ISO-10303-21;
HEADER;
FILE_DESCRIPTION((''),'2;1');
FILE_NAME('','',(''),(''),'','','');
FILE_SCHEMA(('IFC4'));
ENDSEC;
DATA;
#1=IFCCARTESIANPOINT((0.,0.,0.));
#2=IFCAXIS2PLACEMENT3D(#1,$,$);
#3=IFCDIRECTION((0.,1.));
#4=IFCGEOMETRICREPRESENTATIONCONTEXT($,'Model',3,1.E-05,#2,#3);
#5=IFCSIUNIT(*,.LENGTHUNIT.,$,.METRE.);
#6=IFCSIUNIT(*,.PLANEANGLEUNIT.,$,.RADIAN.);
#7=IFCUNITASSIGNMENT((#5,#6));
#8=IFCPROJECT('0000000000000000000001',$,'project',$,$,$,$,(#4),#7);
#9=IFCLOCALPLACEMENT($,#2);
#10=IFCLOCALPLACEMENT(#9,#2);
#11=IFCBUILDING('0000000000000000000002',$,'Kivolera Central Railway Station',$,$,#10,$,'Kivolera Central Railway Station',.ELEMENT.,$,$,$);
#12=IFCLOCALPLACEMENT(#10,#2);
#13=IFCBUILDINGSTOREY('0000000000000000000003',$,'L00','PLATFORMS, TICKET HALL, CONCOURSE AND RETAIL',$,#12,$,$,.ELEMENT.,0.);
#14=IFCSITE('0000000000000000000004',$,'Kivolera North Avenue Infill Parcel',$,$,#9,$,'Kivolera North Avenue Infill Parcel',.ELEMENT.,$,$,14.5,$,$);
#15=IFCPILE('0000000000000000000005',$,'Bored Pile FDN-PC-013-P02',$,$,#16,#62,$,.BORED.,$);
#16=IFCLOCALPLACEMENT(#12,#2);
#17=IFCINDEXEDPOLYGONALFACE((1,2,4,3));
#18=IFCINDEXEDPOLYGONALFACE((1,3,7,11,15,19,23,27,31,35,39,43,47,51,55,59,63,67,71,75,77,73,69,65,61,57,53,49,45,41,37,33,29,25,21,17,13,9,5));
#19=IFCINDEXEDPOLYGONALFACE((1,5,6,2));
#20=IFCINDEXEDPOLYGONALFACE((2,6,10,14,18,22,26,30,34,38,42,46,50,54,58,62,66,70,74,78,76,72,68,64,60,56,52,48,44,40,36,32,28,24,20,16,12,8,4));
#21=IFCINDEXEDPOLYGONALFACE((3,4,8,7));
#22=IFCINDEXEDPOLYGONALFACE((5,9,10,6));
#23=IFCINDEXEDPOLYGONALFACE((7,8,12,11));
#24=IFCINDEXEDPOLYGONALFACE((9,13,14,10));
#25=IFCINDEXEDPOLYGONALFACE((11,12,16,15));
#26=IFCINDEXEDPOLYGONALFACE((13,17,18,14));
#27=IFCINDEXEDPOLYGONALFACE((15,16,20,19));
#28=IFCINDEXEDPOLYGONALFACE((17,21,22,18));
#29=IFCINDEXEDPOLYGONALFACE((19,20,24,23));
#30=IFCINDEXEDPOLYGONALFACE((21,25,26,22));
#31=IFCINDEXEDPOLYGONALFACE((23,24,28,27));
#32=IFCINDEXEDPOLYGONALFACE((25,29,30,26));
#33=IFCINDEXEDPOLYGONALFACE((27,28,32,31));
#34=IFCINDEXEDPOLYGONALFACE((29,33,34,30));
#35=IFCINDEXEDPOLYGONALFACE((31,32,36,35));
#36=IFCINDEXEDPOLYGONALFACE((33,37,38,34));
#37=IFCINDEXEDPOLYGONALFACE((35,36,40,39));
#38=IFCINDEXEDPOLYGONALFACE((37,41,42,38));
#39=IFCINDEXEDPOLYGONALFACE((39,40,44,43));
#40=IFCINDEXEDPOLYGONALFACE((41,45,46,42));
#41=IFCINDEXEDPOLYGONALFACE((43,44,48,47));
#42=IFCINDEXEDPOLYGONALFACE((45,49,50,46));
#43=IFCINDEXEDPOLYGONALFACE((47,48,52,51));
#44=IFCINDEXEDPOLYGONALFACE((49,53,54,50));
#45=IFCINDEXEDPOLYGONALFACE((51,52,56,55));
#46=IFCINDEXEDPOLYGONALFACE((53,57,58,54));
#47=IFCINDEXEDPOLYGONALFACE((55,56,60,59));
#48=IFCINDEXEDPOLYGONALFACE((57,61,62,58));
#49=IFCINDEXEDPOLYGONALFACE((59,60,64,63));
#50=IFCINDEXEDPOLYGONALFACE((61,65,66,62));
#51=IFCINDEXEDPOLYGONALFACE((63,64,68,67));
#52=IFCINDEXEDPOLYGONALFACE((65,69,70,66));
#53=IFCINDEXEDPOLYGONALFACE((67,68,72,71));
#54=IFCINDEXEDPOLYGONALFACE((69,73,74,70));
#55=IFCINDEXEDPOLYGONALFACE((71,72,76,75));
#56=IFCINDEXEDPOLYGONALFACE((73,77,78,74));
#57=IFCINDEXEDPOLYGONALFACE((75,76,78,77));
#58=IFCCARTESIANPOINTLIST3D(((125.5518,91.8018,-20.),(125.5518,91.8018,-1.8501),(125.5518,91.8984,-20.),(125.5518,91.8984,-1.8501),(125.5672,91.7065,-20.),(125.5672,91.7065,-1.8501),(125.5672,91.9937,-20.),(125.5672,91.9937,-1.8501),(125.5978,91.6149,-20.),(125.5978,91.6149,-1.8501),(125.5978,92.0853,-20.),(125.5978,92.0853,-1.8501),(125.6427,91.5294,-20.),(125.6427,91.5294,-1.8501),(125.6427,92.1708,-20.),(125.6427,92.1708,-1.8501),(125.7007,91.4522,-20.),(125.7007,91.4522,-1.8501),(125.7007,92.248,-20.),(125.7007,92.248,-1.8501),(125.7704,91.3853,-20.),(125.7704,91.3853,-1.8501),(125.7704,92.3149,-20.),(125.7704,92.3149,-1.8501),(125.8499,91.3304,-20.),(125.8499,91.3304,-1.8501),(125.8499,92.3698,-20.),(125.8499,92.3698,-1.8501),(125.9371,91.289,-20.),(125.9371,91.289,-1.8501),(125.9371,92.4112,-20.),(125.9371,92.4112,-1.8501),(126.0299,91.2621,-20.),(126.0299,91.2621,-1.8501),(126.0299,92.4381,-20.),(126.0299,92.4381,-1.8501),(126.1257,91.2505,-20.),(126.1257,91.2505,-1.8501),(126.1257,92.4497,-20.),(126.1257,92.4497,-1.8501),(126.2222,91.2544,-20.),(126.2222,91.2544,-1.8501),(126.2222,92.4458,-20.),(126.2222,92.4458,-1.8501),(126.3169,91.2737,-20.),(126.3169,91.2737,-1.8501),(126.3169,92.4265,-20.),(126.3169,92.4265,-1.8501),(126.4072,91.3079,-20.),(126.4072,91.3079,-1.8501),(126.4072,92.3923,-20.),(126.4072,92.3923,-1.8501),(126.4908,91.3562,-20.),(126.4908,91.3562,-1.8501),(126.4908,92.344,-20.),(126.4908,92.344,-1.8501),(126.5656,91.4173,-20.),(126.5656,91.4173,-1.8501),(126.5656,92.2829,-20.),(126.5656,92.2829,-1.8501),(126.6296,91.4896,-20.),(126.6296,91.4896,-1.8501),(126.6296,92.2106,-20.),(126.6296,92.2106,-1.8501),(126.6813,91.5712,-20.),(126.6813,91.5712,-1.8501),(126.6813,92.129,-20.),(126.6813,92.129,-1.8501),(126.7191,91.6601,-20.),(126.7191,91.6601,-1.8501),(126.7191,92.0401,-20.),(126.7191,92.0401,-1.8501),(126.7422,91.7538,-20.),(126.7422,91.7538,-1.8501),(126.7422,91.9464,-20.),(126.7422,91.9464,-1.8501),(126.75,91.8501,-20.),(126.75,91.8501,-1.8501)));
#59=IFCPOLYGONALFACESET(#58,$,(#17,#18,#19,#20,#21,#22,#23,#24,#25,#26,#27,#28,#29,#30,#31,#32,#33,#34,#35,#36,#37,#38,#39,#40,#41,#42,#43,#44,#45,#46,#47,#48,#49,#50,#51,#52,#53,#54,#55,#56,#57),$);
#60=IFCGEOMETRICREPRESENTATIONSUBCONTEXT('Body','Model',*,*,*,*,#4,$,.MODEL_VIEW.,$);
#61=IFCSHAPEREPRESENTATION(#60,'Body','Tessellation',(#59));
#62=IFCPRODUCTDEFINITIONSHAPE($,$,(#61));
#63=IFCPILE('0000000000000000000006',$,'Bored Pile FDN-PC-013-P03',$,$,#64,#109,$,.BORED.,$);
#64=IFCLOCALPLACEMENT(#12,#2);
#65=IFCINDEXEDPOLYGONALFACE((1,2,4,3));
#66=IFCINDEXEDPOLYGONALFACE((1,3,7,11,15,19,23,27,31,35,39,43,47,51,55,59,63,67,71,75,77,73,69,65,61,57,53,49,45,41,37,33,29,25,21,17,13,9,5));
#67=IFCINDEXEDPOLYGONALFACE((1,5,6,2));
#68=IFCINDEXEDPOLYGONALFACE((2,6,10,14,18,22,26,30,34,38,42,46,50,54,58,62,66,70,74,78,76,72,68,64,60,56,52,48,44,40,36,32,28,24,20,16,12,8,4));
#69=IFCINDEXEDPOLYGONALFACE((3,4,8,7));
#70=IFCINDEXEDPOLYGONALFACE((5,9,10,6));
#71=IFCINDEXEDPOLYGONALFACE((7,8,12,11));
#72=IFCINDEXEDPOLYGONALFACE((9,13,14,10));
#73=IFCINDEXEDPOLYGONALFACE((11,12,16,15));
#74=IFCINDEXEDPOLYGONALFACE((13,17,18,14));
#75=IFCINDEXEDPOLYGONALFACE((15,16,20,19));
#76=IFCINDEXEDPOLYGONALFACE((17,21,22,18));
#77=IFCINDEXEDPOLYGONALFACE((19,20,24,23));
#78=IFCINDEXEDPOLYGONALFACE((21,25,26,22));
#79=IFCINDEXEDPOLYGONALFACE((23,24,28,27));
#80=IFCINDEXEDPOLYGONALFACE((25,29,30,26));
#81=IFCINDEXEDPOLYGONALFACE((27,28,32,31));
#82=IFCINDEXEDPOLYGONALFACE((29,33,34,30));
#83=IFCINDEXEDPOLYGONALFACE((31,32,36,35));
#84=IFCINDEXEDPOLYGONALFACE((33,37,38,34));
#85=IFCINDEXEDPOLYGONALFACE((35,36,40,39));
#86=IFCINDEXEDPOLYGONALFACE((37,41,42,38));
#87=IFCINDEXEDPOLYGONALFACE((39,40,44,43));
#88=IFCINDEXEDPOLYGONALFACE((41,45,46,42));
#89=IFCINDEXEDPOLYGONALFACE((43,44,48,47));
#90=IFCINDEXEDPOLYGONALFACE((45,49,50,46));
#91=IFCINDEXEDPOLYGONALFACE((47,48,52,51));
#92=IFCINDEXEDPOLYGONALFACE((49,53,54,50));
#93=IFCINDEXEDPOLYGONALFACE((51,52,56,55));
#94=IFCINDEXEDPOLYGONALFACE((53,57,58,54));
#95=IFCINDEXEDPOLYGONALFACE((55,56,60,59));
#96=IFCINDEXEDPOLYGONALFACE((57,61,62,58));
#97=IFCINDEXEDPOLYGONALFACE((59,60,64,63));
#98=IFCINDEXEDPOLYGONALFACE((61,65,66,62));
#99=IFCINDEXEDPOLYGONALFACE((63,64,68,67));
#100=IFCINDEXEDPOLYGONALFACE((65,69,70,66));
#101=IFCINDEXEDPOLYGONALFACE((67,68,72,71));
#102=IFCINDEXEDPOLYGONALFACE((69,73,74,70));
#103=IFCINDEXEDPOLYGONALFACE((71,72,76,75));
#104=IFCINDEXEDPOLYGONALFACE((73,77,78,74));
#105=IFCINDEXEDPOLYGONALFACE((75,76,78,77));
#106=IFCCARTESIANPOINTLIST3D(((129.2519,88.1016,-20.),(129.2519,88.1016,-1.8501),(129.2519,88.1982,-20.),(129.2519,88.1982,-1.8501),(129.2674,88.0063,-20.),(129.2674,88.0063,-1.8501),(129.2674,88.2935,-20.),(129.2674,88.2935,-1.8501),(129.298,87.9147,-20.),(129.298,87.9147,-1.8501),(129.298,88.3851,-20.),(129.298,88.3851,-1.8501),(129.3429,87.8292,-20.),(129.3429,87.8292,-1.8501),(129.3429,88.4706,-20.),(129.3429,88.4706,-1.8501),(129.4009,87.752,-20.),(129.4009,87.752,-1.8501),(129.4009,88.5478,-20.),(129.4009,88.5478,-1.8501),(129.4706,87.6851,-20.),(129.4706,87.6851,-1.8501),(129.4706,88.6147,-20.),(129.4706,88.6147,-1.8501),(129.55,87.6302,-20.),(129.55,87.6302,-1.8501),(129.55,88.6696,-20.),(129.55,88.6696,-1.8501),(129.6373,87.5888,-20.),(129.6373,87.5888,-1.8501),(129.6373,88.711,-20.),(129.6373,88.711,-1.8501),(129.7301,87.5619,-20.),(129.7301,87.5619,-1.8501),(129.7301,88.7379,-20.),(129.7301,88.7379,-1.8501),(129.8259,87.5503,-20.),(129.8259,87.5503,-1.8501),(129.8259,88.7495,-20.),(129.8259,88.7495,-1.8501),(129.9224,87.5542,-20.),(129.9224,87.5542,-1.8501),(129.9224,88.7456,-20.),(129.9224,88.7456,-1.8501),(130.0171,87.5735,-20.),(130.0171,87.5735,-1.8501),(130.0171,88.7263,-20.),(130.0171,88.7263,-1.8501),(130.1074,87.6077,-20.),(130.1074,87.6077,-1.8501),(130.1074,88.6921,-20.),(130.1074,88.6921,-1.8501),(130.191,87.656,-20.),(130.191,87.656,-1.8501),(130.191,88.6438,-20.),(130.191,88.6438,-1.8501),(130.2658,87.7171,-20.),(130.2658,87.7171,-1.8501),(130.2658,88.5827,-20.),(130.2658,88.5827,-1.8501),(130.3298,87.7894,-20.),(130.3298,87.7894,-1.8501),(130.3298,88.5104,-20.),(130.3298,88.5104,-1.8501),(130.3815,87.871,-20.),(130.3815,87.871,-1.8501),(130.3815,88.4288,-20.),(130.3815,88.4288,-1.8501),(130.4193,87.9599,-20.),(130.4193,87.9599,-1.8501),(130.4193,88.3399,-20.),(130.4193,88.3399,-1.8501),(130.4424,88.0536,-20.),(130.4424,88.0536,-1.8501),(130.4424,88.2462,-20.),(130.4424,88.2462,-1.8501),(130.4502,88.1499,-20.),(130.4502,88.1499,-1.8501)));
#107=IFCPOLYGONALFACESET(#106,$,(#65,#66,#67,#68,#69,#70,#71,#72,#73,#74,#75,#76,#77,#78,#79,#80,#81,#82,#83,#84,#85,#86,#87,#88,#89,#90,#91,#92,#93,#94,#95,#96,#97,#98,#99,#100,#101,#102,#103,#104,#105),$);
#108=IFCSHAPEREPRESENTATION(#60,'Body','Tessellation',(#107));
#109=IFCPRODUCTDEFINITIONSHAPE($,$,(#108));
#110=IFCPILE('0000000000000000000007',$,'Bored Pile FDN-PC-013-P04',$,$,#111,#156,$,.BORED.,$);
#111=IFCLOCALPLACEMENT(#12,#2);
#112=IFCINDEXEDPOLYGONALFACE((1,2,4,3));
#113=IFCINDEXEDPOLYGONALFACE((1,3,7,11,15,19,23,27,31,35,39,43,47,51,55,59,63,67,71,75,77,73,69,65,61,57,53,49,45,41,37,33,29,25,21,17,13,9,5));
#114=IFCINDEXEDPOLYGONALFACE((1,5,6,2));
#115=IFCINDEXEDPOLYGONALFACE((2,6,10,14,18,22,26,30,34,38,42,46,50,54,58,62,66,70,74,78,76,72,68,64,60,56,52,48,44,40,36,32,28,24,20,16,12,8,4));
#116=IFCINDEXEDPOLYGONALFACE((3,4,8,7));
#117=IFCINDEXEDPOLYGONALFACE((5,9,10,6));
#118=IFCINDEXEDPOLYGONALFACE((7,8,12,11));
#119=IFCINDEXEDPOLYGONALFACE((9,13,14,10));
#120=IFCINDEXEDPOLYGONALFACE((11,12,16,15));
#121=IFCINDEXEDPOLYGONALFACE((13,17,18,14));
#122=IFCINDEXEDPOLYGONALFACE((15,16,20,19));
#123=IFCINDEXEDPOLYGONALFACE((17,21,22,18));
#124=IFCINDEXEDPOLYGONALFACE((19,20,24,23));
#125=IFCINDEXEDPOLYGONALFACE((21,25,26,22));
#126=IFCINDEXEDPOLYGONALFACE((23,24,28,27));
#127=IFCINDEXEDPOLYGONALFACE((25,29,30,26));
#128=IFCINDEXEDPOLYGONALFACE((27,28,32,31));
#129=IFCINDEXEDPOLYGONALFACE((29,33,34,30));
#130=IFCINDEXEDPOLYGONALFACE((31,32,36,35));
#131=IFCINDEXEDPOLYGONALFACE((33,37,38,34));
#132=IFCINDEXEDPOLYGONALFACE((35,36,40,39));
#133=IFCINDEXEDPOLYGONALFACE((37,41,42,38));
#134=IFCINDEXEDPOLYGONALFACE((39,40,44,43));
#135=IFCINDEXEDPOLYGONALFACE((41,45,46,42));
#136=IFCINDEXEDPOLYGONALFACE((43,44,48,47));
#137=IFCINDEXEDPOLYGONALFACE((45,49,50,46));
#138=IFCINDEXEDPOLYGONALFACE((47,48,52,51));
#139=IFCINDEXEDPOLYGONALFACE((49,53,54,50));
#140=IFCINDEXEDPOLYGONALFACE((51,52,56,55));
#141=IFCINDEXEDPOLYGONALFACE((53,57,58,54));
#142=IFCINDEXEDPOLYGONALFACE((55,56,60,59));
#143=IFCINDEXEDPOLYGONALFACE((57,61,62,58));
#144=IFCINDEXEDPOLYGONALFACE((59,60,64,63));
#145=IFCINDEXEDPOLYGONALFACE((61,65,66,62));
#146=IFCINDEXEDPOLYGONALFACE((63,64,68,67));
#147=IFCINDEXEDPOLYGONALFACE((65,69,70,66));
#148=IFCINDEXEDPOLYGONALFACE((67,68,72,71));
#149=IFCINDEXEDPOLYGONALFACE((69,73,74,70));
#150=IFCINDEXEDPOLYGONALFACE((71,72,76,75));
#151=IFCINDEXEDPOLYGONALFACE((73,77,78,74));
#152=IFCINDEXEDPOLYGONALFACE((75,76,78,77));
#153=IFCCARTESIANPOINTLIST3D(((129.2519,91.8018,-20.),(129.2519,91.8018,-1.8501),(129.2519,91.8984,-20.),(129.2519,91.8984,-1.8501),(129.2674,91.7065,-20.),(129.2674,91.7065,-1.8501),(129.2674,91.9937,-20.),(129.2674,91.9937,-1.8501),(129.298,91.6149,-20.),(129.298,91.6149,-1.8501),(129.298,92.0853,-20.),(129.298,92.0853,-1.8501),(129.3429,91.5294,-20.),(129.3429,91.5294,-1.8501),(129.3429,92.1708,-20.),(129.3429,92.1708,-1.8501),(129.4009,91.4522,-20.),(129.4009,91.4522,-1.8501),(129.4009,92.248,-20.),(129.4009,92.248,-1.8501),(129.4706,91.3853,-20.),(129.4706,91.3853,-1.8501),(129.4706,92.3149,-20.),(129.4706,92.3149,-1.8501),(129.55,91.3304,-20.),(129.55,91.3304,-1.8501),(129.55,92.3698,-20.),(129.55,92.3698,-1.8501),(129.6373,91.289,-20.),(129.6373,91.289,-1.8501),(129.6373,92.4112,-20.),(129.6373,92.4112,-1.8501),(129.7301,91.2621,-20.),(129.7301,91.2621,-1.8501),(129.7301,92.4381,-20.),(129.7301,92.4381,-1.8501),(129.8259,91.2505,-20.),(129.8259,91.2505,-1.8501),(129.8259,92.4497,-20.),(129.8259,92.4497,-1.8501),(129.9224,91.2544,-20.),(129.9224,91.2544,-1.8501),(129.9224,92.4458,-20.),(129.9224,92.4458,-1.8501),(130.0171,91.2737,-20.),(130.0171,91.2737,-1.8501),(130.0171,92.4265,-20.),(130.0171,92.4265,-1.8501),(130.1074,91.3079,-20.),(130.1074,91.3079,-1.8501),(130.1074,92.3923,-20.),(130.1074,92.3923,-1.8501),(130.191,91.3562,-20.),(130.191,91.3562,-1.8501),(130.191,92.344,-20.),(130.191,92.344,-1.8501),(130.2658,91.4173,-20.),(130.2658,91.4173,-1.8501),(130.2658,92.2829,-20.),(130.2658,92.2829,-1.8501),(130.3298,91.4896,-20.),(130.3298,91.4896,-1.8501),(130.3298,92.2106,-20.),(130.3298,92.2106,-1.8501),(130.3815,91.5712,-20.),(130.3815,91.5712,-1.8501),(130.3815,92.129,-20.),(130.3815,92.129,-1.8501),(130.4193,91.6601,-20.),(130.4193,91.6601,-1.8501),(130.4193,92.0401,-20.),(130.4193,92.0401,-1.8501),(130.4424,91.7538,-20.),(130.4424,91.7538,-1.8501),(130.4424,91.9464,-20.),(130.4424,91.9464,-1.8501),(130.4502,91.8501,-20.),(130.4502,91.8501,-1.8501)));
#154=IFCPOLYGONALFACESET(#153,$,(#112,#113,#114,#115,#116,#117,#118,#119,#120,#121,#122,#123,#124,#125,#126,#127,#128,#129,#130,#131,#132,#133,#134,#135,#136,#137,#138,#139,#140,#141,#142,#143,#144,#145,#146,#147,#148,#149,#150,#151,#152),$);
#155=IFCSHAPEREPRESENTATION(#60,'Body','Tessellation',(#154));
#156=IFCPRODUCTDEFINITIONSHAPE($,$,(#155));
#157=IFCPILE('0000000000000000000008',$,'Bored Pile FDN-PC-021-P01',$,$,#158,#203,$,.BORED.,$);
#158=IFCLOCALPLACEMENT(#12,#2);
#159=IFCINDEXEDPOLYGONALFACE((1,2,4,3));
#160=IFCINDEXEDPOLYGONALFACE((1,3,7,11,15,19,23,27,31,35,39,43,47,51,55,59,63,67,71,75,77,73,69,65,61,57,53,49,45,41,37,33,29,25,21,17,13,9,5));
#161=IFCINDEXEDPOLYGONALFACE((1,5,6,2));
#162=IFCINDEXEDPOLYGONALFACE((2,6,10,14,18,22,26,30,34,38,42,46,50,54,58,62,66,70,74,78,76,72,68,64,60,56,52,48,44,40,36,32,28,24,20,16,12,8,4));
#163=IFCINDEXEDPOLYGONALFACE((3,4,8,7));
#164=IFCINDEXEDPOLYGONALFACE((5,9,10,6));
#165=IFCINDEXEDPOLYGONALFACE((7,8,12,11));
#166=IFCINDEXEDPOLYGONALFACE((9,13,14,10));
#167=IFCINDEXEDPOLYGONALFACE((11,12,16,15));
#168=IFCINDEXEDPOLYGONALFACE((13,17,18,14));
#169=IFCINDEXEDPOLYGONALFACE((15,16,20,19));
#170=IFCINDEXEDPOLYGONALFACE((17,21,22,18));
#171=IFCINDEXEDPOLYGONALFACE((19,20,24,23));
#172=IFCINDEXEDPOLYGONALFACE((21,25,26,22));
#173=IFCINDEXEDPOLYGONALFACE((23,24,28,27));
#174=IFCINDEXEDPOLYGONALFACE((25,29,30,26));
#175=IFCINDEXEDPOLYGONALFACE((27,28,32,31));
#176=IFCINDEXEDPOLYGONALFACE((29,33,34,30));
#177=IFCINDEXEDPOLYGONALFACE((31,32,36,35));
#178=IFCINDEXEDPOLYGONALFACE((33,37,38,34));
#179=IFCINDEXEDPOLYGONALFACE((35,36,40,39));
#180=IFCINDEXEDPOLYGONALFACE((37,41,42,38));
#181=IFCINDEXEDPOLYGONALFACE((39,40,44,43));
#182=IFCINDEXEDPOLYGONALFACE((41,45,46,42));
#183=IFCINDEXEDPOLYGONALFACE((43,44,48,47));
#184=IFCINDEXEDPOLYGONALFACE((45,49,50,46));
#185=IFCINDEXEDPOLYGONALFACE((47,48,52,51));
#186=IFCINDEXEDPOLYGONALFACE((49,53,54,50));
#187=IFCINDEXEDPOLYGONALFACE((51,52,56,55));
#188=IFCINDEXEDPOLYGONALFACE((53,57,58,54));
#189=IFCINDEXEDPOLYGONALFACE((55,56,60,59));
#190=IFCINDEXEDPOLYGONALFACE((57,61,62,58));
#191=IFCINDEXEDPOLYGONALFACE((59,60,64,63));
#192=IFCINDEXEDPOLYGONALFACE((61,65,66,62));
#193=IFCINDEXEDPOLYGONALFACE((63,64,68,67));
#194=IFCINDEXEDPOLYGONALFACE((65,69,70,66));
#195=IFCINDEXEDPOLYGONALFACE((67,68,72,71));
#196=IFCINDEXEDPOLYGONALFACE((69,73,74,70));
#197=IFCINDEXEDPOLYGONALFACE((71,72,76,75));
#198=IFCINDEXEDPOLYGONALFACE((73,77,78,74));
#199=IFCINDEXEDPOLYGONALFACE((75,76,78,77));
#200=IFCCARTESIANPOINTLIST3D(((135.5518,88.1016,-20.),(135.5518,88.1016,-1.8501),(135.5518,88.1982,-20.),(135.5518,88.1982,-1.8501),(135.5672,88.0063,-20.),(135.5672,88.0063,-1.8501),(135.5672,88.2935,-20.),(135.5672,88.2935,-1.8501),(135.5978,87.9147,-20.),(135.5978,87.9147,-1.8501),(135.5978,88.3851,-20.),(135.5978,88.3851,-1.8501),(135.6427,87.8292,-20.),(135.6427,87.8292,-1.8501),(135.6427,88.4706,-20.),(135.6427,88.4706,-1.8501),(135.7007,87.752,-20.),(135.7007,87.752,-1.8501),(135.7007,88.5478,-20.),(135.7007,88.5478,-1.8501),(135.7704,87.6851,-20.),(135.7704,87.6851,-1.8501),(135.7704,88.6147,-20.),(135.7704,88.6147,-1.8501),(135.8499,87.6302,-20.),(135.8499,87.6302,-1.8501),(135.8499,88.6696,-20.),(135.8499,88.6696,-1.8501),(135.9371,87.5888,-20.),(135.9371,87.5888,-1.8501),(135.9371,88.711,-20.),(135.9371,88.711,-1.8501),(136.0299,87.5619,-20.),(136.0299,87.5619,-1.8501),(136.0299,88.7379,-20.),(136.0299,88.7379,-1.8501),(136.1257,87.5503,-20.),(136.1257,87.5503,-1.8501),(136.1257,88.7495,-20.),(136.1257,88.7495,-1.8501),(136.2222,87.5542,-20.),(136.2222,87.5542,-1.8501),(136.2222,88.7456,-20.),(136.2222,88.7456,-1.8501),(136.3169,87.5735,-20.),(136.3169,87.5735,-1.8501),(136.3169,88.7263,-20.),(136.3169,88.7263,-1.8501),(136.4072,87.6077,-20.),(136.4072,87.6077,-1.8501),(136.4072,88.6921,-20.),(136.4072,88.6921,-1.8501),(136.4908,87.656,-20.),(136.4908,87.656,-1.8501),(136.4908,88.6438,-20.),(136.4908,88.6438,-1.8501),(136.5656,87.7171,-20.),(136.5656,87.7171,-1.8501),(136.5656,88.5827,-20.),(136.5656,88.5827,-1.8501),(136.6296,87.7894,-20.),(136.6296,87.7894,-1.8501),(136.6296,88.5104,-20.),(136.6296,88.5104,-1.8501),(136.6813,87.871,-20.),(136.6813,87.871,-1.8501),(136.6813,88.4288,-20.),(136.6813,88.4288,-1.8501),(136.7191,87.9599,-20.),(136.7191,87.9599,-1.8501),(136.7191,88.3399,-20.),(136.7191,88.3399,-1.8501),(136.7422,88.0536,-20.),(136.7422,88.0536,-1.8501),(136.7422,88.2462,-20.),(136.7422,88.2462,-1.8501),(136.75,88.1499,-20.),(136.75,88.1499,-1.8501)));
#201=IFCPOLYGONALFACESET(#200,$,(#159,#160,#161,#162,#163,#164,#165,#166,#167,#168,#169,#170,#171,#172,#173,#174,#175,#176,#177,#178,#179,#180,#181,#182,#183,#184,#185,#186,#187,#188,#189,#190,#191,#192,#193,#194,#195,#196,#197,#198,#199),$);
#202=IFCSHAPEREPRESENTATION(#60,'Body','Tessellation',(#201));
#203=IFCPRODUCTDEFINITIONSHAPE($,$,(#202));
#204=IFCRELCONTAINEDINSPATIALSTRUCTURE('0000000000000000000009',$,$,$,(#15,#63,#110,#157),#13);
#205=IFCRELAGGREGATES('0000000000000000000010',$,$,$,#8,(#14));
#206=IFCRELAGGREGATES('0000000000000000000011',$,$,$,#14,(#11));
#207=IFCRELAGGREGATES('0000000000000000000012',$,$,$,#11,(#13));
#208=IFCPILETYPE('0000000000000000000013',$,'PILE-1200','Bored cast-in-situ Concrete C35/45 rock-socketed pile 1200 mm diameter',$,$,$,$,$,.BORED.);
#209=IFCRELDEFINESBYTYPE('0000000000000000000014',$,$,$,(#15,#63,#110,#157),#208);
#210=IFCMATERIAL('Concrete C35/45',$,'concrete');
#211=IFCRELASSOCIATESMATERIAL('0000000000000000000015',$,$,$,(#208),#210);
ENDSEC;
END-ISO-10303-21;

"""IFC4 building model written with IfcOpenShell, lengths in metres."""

from ifc_helpers import new_model, si_unit, direction, frame, origin, origin_2d, place, context, subcontext, project, spatial, circle, extrude, material, material_profile, profile_set, type_object, element, save


model = new_model("IFC4")

# Units and contexts
model_context = context("Model", 3, precision=1e-05, world=origin(), true_north=direction((0.0, 1.0)))
body_context = subcontext(model_context, "Body", "Model", "MODEL_VIEW")
ifc_project = project(units=[si_unit("LENGTHUNIT", "METRE"), si_unit("PLANEANGLEUNIT", "RADIAN")], contexts=[model_context])

# Site, building, storey
site_placement = place(None, origin())
site = spatial("IfcSite", under=ifc_project, at=site_placement, Name="Kivolera North Avenue Infill Parcel", LongName="Kivolera North Avenue Infill Parcel", CompositionType="ELEMENT", RefElevation=14.5)
building_placement = place(site_placement, origin())
building = spatial("IfcBuilding", under=site, at=building_placement, Name="Kivolera Central Railway Station", LongName="Kivolera Central Railway Station", CompositionType="ELEMENT")
storey_placement = place(building_placement, origin())
storey = spatial("IfcBuildingStorey", under=building, at=storey_placement, Name="L00", Description="PLATFORMS, TICKET HALL, CONCOURSE AND RETAIL", CompositionType="ELEMENT", Elevation=0.0)

# Shared definitions
ifc_material_1 = material(Name="Concrete C35/45", Category="concrete")

# Piles
ifc_material_profile_1 = material_profile(ifc_material_1, circle(Radius=0.6001, at=origin_2d()), Name="PILE D1200")
ifc_profile_set_1 = profile_set([ifc_material_profile_1], Name="Concrete C35/45")
pile_type = type_object("IfcPileType", Name="PILE-1200", Description="Bored cast-in-situ Concrete C35/45 rock-socketed pile 1200 mm diameter", PredefinedType="BORED", material=ifc_profile_set_1)
for number, where, z_axis, x_axis, name in (
    (1, (126.1499, 91.8501, -1.8501), (0.0, 0.0, -1.0), (1.0, 0.0, 0.0), "Bored Pile FDN-PC-013-P02"),
    (2, (129.8501, 88.1499, -1.8501), (0.0, 0.0, -1.0), (1.0, 0.0, 0.0), "Bored Pile FDN-PC-013-P03"),
    (3, (129.8501, 91.8501, -1.8501), (0.0, 0.0, -1.0), (1.0, 0.0, 0.0), "Bored Pile FDN-PC-013-P04"),
    (4, (136.1499, 88.1499, -1.8501), (0.0, 0.0, -1.0), (1.0, 0.0, 0.0), "Bored Pile FDN-PC-021-P01"),
):
    element("IfcPile", number, at=place(storey_placement, frame(where, z_axis=z_axis, x_axis=x_axis)), inside=storey, type_object=pile_type, Name=name, PredefinedType="BORED", context=body_context, shape_type="SweptSolid", body=[
        extrude(circle(Radius=0.6001, at=origin_2d()), origin(), (0.0, 0.0, 1.0), 18.1499),
    ])

save(model, "model.ifc")
